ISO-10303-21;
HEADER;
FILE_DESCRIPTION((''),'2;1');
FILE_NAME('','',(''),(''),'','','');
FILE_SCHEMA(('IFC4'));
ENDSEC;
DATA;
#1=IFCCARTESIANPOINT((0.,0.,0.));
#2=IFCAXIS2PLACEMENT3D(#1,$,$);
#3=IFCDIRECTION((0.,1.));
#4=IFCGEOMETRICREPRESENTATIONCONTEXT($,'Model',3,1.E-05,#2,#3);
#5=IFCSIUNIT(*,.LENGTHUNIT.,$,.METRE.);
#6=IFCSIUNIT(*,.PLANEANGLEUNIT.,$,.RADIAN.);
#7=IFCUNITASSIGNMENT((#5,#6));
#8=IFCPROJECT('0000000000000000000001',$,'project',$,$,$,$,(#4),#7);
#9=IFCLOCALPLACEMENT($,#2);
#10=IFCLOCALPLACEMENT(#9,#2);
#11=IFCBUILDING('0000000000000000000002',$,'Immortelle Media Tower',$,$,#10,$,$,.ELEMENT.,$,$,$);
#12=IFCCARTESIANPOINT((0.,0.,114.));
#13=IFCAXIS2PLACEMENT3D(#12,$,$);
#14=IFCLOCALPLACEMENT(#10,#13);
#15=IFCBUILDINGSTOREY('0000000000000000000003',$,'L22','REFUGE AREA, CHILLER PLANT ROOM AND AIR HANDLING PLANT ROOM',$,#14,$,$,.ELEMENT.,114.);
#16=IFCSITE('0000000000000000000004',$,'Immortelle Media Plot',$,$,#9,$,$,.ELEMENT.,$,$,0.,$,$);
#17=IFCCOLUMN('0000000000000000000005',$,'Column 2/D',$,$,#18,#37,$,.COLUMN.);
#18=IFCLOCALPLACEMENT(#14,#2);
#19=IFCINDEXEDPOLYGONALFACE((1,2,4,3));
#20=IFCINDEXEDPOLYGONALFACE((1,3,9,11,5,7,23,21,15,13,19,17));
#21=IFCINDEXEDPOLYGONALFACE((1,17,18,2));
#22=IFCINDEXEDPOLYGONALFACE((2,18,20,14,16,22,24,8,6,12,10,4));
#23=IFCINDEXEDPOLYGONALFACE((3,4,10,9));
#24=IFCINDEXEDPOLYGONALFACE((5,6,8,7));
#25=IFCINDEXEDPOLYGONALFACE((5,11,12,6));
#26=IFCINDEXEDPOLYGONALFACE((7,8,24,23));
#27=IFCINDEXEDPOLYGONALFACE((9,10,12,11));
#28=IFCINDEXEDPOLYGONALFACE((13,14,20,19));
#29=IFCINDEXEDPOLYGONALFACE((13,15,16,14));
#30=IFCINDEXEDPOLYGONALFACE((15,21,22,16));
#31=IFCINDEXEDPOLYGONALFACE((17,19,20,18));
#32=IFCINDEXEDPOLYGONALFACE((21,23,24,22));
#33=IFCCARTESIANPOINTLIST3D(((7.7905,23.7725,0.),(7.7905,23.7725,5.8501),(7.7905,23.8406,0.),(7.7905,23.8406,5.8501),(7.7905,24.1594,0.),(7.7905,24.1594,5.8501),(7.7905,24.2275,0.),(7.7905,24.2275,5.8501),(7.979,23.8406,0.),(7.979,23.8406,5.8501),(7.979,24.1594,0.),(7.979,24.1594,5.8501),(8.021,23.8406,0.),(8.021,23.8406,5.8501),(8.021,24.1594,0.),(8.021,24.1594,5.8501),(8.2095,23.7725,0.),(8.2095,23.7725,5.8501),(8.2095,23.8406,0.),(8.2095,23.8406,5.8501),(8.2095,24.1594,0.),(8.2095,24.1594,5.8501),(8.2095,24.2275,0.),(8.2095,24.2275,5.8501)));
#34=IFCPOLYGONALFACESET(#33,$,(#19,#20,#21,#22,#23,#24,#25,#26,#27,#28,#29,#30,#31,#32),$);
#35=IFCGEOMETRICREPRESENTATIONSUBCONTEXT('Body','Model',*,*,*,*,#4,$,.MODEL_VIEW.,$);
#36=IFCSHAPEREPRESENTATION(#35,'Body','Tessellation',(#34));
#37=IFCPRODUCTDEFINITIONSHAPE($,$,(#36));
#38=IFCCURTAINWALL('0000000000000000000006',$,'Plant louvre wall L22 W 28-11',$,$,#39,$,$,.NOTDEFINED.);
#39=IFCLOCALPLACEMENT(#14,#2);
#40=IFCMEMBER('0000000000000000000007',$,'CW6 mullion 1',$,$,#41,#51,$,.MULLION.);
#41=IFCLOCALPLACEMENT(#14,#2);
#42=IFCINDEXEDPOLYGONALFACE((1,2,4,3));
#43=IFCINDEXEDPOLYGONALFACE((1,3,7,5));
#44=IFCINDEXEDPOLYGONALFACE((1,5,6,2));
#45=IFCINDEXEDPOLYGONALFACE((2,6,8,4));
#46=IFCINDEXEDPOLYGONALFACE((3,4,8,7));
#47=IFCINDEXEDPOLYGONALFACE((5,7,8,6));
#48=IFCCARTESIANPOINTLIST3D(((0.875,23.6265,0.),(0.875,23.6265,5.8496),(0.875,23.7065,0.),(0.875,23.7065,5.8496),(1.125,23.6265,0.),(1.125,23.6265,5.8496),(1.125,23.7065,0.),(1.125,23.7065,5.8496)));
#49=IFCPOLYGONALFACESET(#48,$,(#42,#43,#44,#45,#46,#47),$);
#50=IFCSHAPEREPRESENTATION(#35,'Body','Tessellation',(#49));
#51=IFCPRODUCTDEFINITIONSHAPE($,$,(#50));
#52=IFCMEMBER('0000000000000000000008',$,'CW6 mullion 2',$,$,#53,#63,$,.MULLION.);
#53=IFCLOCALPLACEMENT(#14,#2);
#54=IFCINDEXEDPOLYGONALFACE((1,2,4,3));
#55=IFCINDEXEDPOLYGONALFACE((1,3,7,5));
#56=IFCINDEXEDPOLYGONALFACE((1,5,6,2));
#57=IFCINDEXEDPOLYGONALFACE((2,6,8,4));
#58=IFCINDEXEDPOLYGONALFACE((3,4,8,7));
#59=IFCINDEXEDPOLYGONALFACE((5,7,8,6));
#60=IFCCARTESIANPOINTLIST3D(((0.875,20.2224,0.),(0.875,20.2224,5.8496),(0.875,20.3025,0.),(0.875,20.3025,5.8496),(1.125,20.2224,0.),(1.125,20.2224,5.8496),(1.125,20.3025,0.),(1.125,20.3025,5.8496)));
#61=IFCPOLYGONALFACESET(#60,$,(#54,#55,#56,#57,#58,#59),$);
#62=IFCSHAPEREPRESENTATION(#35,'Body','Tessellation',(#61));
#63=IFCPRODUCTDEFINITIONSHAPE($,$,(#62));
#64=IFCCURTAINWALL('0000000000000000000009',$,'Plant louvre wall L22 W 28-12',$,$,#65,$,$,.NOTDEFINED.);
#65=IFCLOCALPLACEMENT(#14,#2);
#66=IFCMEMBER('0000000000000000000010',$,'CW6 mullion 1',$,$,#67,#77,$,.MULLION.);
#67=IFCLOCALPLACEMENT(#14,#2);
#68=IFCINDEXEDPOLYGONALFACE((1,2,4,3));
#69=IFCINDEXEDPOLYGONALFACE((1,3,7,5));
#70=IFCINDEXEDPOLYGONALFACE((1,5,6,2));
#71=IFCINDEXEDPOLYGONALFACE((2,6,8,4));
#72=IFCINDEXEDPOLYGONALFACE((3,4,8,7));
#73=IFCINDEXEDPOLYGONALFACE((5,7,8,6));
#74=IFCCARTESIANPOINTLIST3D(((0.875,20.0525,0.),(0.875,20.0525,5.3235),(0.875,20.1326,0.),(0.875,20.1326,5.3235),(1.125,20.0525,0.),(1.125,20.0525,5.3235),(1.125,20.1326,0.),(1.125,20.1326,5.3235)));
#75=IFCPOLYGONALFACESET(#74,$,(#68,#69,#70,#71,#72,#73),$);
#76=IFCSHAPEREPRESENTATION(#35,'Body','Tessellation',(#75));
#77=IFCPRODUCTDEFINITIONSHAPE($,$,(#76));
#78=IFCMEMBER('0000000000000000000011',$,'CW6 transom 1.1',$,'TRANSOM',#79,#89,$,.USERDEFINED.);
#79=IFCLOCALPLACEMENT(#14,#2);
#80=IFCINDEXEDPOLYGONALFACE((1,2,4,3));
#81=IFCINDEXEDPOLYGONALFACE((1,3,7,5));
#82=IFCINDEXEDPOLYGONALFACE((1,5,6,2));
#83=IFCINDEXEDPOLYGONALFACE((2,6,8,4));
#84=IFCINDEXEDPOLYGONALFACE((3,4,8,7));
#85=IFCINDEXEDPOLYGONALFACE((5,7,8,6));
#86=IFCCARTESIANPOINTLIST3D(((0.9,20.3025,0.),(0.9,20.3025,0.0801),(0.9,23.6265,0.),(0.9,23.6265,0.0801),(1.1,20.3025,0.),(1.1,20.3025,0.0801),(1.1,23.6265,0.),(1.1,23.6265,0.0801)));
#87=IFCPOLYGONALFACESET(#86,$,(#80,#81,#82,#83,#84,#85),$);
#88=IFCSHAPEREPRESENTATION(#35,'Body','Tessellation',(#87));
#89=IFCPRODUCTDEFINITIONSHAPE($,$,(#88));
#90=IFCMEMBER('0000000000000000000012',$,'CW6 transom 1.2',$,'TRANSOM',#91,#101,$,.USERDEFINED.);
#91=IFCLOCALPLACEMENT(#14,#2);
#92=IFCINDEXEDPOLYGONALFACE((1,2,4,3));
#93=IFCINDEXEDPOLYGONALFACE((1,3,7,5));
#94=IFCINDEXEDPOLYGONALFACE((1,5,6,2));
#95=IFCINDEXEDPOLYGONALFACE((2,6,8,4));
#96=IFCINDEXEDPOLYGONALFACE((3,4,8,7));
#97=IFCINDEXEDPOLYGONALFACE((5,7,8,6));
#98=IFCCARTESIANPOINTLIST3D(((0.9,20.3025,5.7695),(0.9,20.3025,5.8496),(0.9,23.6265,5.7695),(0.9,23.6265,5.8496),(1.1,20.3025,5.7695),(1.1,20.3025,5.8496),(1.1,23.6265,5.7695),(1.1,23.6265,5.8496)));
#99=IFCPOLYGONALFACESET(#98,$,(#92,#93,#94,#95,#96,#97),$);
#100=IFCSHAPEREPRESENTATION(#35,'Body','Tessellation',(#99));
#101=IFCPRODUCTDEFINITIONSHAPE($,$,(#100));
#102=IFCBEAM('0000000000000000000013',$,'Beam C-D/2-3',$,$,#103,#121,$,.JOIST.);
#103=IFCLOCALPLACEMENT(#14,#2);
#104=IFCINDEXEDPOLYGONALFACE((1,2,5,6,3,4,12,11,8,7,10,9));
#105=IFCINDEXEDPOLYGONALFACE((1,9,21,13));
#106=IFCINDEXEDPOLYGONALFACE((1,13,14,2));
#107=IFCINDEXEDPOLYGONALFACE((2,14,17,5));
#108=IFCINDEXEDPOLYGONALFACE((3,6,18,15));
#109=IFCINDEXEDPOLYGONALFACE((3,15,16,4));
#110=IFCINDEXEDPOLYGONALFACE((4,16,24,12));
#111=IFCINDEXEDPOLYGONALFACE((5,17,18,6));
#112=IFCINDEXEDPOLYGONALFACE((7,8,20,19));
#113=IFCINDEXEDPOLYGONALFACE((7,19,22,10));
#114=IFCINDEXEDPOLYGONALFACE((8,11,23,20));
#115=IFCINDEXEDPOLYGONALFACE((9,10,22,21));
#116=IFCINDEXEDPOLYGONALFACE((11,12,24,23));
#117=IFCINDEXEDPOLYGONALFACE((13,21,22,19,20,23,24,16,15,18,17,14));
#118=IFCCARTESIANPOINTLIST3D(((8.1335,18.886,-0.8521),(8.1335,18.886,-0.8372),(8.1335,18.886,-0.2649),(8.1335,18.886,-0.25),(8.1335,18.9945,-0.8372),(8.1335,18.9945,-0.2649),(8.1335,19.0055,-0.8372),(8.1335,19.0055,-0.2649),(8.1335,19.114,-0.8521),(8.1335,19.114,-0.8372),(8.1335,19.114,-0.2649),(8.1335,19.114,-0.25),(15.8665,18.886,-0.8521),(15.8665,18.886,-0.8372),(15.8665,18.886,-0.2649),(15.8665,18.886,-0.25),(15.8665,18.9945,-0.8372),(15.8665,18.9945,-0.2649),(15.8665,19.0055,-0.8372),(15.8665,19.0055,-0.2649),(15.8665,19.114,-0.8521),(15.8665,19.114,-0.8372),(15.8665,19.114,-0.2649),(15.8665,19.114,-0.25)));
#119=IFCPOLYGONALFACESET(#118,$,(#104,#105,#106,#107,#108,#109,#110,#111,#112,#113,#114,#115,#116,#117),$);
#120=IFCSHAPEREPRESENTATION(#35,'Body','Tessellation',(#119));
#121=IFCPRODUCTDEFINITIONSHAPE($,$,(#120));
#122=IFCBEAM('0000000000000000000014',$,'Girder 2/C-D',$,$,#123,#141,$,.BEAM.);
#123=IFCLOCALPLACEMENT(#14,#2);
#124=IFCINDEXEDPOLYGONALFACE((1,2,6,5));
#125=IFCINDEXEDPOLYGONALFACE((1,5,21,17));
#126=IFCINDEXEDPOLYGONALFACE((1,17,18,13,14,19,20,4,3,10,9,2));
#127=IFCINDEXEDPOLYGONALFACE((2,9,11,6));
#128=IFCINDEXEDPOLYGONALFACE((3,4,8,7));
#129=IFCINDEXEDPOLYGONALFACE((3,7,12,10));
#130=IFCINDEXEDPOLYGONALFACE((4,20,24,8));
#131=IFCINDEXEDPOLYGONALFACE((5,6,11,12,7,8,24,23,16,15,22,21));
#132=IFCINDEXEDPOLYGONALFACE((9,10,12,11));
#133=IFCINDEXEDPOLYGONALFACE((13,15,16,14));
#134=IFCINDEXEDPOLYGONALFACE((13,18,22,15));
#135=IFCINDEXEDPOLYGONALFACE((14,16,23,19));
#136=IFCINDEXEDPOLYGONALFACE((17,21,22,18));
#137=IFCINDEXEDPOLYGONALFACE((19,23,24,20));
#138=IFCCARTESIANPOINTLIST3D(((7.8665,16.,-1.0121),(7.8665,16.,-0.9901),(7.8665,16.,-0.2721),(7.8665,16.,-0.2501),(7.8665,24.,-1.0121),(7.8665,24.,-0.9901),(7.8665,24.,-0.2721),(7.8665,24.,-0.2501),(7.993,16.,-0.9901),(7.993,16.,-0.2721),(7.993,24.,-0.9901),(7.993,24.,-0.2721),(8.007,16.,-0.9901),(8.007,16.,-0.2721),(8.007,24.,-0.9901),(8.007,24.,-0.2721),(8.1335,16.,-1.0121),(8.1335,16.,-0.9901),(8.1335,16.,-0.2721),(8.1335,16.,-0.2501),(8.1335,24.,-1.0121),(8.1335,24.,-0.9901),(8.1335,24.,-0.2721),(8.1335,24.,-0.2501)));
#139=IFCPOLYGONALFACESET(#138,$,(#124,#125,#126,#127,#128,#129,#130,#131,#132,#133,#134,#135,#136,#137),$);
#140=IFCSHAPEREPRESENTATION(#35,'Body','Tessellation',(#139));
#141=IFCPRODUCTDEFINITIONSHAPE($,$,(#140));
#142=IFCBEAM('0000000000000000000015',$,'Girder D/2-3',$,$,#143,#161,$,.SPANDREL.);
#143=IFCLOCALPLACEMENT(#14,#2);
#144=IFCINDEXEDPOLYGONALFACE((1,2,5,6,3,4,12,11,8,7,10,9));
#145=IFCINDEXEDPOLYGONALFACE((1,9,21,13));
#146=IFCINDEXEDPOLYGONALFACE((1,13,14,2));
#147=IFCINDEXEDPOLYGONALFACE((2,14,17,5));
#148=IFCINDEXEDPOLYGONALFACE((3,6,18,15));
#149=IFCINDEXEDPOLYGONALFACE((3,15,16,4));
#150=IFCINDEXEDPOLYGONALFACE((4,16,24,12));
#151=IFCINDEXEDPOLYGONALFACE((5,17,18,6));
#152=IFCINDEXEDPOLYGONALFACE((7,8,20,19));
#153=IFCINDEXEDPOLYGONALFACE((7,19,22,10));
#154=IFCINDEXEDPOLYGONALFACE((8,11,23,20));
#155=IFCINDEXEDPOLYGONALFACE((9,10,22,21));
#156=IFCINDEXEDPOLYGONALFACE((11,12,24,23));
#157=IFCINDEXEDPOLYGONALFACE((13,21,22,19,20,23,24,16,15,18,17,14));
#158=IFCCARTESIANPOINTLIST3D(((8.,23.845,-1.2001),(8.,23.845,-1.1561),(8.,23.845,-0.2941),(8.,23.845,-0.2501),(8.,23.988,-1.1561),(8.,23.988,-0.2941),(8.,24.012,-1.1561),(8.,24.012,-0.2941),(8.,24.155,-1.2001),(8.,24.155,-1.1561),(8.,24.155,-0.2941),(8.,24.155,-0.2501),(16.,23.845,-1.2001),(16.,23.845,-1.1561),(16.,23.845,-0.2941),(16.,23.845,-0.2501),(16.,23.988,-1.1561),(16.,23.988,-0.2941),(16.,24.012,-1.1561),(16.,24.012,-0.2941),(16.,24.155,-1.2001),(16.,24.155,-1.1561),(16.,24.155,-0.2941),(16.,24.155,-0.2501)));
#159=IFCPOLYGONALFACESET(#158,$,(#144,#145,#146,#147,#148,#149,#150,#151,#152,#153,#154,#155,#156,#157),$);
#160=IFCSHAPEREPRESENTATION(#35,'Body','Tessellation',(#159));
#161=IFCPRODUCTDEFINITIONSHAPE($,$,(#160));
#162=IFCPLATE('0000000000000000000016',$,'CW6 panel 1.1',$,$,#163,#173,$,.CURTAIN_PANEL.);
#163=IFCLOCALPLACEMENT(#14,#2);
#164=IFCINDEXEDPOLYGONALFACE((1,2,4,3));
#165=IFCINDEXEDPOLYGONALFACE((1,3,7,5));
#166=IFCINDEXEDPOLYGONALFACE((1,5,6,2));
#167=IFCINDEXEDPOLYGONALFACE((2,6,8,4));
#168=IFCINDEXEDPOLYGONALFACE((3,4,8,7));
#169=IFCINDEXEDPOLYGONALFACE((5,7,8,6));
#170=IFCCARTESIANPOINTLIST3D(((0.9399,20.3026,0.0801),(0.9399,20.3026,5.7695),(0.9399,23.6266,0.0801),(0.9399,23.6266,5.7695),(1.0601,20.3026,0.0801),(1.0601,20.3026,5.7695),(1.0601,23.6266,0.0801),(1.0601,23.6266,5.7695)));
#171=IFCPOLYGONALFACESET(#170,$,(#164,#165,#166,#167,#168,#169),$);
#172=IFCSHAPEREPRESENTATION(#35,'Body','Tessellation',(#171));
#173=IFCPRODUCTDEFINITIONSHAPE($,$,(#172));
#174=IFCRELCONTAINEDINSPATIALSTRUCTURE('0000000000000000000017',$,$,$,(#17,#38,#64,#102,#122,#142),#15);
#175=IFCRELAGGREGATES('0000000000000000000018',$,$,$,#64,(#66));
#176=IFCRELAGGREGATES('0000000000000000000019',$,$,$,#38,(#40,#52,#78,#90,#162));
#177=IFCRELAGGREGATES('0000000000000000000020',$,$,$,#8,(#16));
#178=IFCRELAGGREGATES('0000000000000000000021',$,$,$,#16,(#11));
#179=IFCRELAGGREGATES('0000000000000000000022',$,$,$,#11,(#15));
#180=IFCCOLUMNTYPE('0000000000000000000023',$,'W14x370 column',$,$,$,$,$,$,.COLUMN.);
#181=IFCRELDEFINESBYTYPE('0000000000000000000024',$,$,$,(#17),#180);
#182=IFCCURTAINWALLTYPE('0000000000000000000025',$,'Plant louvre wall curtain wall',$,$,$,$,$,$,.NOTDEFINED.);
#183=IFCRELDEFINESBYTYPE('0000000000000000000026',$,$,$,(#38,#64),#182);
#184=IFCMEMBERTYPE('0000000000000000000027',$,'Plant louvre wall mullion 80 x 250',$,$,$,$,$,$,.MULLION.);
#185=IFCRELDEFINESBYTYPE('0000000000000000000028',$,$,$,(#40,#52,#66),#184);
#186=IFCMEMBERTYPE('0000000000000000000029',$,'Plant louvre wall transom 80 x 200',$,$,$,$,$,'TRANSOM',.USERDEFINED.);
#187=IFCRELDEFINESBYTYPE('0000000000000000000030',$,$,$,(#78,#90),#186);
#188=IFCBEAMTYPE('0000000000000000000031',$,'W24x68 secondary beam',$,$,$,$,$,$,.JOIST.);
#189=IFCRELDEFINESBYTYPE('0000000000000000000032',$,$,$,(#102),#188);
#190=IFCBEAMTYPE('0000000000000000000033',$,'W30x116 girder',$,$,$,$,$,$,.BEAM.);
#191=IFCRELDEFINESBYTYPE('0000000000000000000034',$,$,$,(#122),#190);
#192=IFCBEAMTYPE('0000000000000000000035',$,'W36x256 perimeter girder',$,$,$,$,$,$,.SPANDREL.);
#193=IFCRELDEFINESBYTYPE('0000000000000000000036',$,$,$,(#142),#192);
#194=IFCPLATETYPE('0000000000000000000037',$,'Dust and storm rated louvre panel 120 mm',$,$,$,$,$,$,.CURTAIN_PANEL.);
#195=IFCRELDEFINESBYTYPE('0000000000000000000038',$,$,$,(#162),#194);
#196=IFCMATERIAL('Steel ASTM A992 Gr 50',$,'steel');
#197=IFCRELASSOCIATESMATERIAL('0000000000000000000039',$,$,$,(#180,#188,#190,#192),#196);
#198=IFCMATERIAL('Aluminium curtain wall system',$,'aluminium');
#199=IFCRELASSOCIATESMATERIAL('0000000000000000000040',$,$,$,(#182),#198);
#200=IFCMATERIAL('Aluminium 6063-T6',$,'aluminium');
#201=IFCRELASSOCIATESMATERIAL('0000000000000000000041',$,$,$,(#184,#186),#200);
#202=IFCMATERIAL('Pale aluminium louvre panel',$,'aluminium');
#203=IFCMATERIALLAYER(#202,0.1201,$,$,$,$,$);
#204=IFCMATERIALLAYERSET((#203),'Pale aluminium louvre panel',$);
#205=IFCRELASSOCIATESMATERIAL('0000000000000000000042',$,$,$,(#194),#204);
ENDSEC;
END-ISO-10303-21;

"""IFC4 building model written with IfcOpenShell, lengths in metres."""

from ifc_helpers import new_model, si_unit, direction, frame, origin, origin_2d, place, context, subcontext, project, spatial, rectangle, i_section, extrude, material, layer, layer_set, material_profile, profile_set, type_object, element, aggregate, save


model = new_model("IFC4")

# Units and contexts
model_context = context("Model", 3, precision=1e-05, world=origin(), true_north=direction((0.0, 1.0)))
body_context = subcontext(model_context, "Body", "Model", "MODEL_VIEW")
ifc_project = project(units=[si_unit("LENGTHUNIT", "METRE"), si_unit("PLANEANGLEUNIT", "RADIAN")], contexts=[model_context])

# Site, building, storey
site_placement = place(None, origin())
site = spatial("IfcSite", under=ifc_project, at=site_placement, Name="Immortelle Media Plot", CompositionType="ELEMENT", RefElevation=0.0)
building_placement = place(site_placement, origin())
building = spatial("IfcBuilding", under=site, at=building_placement, Name="Immortelle Media Tower", CompositionType="ELEMENT")
storey_placement = place(building_placement, frame((0.0, 0.0, 114.0)))
storey = spatial("IfcBuildingStorey", under=building, at=storey_placement, Name="L22", Description="REFUGE AREA, CHILLER PLANT ROOM AND AIR HANDLING PLANT ROOM", CompositionType="ELEMENT", Elevation=114.0)

# Column
ifc_material_1 = material(Name="Steel ASTM A992 Gr 50", Category="steel")
ifc_material_profile_1 = material_profile(ifc_material_1, i_section(OverallWidth=0.4189, OverallDepth=0.4551, WebThickness=0.042, FlangeThickness=0.0681, at=origin_2d()), Name="W14x370")
ifc_profile_set_1 = profile_set([ifc_material_profile_1], Name="Steel ASTM A992 Gr 50")
column_type = type_object("IfcColumnType", Name="W14x370 column", PredefinedType="COLUMN", material=ifc_profile_set_1)
column_placement = place(storey_placement, frame((8.0, 24.0, 0.0), z_axis=(0.0, 0.0, 1.0), x_axis=(1.0, 0.0, 0.0)))
element("IfcColumn", 1, at=column_placement, inside=storey, type_object=column_type, Name="Column 2/D", PredefinedType="COLUMN", context=body_context, shape_type="SweptSolid", body=[
    extrude(i_section(OverallWidth=0.4189, OverallDepth=0.4551, WebThickness=0.042, FlangeThickness=0.0681, at=origin_2d()), origin(), (0.0, 0.0, 1.0), 5.8501),
])

# Curtain wall, members
ifc_material_2 = material(Name="Aluminium curtain wall system", Category="aluminium")
curtain_wall_type = type_object("IfcCurtainWallType", Name="Plant louvre wall curtain wall", PredefinedType="NOTDEFINED", material=ifc_material_2)
curtain_wall_1_placement = place(storey_placement, origin())
curtain_wall_1 = element("IfcCurtainWall", 2, at=curtain_wall_1_placement, inside=storey, type_object=curtain_wall_type, Name="Plant louvre wall L22 W 28-11", PredefinedType="NOTDEFINED")
ifc_material_3 = material(Name="Aluminium 6063-T6", Category="aluminium")
ifc_material_profile_2 = material_profile(ifc_material_3, rectangle(XDim=0.25, YDim=0.0801, at=origin_2d()), Name="AL 80x250")
ifc_profile_set_2 = profile_set([ifc_material_profile_2], Name="Aluminium 6063-T6")
member_type_1 = type_object("IfcMemberType", Name="Plant louvre wall mullion 80 x 250", PredefinedType="MULLION", material=ifc_profile_set_2)
member_1_placement = place(storey_placement, frame((1.0, 23.6665, 0.0), z_axis=(0.0, 0.0, 1.0), x_axis=(1.0, 0.0, 0.0)))
member_1 = element("IfcMember", 3, at=member_1_placement, type_object=member_type_1, Name="CW6 mullion 1", PredefinedType="MULLION", context=body_context, shape_type="SweptSolid", body=[
    extrude(rectangle(XDim=0.25, YDim=0.0801, at=origin_2d()), origin(), (0.0, 0.0, 1.0), 5.8496),
])
member_2_placement = place(storey_placement, frame((1.0, 20.2625, 0.0), z_axis=(0.0, 0.0, 1.0), x_axis=(1.0, 0.0, 0.0)))
member_2 = element("IfcMember", 4, at=member_2_placement, type_object=member_type_1, Name="CW6 mullion 2", PredefinedType="MULLION", context=body_context, shape_type="SweptSolid", body=[
    extrude(rectangle(XDim=0.25, YDim=0.0801, at=origin_2d()), origin(), (0.0, 0.0, 1.0), 5.8496),
])

# Curtain wall, member
curtain_wall_2_placement = place(storey_placement, origin())
curtain_wall_2 = element("IfcCurtainWall", 5, at=curtain_wall_2_placement, inside=storey, type_object=curtain_wall_type, Name="Plant louvre wall L22 W 28-12", PredefinedType="NOTDEFINED")
member_3_placement = place(storey_placement, frame((1.0, 20.0925, 0.0), z_axis=(0.0, 0.0, 1.0), x_axis=(1.0, 0.0, 0.0)))
member_3 = element("IfcMember", 6, at=member_3_placement, type_object=member_type_1, Name="CW6 mullion 1", PredefinedType="MULLION", context=body_context, shape_type="SweptSolid", body=[
    extrude(rectangle(XDim=0.25, YDim=0.0801, at=origin_2d()), origin(), (0.0, 0.0, 1.0), 5.3235),
])
aggregate(curtain_wall_2, [member_3])

# Members
ifc_material_profile_3 = material_profile(ifc_material_3, rectangle(XDim=0.2, YDim=0.0801, at=origin_2d()), Name="AL 80x200")
ifc_profile_set_3 = profile_set([ifc_material_profile_3], Name="Aluminium 6063-T6")
member_type_2 = type_object("IfcMemberType", Name="Plant louvre wall transom 80 x 200", ElementType="TRANSOM", PredefinedType="USERDEFINED", material=ifc_profile_set_3)
member_4_placement = place(storey_placement, frame((1.0, 23.6265, 0.04), z_axis=(0.0, -1.0, 0.0), x_axis=(1.0, 0.0, 0.0)))
member_4 = element("IfcMember", 7, at=member_4_placement, type_object=member_type_2, Name="CW6 transom 1.1", ObjectType="TRANSOM", PredefinedType="USERDEFINED", context=body_context, shape_type="SweptSolid", body=[
    extrude(rectangle(XDim=0.2, YDim=0.0801, at=origin_2d()), origin(), (0.0, 0.0, 1.0), 3.324),
])
member_5_placement = place(storey_placement, frame((1.0, 23.6265, 5.8096), z_axis=(0.0, -1.0, 0.0), x_axis=(1.0, 0.0, 0.0)))
member_5 = element("IfcMember", 8, at=member_5_placement, type_object=member_type_2, Name="CW6 transom 1.2", ObjectType="TRANSOM", PredefinedType="USERDEFINED", context=body_context, shape_type="SweptSolid", body=[
    extrude(rectangle(XDim=0.2, YDim=0.0801, at=origin_2d()), origin(), (0.0, 0.0, 1.0), 3.324),
])

# Beams
ifc_material_profile_4 = material_profile(ifc_material_1, i_section(OverallWidth=0.228, OverallDepth=0.6021, WebThickness=0.011, FlangeThickness=0.0149, at=origin_2d()), Name="W24x68")
ifc_profile_set_4 = profile_set([ifc_material_profile_4], Name="Steel ASTM A992 Gr 50")
beam_type_1 = type_object("IfcBeamType", Name="W24x68 secondary beam", PredefinedType="JOIST", material=ifc_profile_set_4)
beam_1_placement = place(storey_placement, frame((8.1335, 19.0, -0.551), z_axis=(1.0, 0.0, 0.0), x_axis=(0.0, 1.0, 0.0)))
element("IfcBeam", 9, at=beam_1_placement, inside=storey, type_object=beam_type_1, Name="Beam C-D/2-3", PredefinedType="JOIST", context=body_context, shape_type="SweptSolid", body=[
    extrude(i_section(OverallWidth=0.228, OverallDepth=0.6021, WebThickness=0.011, FlangeThickness=0.0149, at=origin_2d()), origin(), (0.0, 0.0, 1.0), 7.7329),
])
ifc_material_profile_5 = material_profile(ifc_material_1, i_section(OverallWidth=0.2671, OverallDepth=0.762, WebThickness=0.0139, FlangeThickness=0.022, at=origin_2d()), Name="W30x116")
ifc_profile_set_5 = profile_set([ifc_material_profile_5], Name="Steel ASTM A992 Gr 50")
beam_type_2 = type_object("IfcBeamType", Name="W30x116 girder", PredefinedType="BEAM", material=ifc_profile_set_5)
beam_2_placement = place(storey_placement, frame((8.0, 16.0, -0.6311), z_axis=(0.0, 1.0, 0.0), x_axis=(-1.0, 0.0, 0.0)))
element("IfcBeam", 10, at=beam_2_placement, inside=storey, type_object=beam_type_2, Name="Girder 2/C-D", PredefinedType="BEAM", context=body_context, shape_type="SweptSolid", body=[
    extrude(i_section(OverallWidth=0.2671, OverallDepth=0.762, WebThickness=0.0139, FlangeThickness=0.022, at=origin_2d()), origin(), (0.0, 0.0, 1.0), 8.0),
])
ifc_material_profile_6 = material_profile(ifc_material_1, i_section(OverallWidth=0.3101, OverallDepth=0.95, WebThickness=0.0239, FlangeThickness=0.0439, at=origin_2d()), Name="W36x256")
ifc_profile_set_6 = profile_set([ifc_material_profile_6], Name="Steel ASTM A992 Gr 50")
beam_type_3 = type_object("IfcBeamType", Name="W36x256 perimeter girder", PredefinedType="SPANDREL", material=ifc_profile_set_6)
beam_3_placement = place(storey_placement, frame((8.0, 24.0, -0.7251), z_axis=(1.0, 0.0, 0.0), x_axis=(0.0, 1.0, 0.0)))
element("IfcBeam", 11, at=beam_3_placement, inside=storey, type_object=beam_type_3, Name="Girder D/2-3", PredefinedType="SPANDREL", context=body_context, shape_type="SweptSolid", body=[
    extrude(i_section(OverallWidth=0.3101, OverallDepth=0.95, WebThickness=0.0239, FlangeThickness=0.0439, at=origin_2d()), origin(), (0.0, 0.0, 1.0), 8.0),
])

# Plate
ifc_material_4 = material(Name="Pale aluminium louvre panel", Category="aluminium")
ifc_layer_1 = layer(ifc_material_4, 0.1201)
ifc_layer_set_1 = layer_set([ifc_layer_1], Name="Pale aluminium louvre panel")
plate_type = type_object("IfcPlateType", Name="Dust and storm rated louvre panel 120 mm", PredefinedType="CURTAIN_PANEL", material=ifc_layer_set_1)
plate_placement = place(storey_placement, frame((1.0, 21.9646, 0.0801), z_axis=(0.0, 0.0, 1.0), x_axis=(0.0, -1.0, 0.0)))
plate = element("IfcPlate", 12, at=plate_placement, type_object=plate_type, Name="CW6 panel 1.1", PredefinedType="CURTAIN_PANEL", context=body_context, shape_type="SweptSolid", body=[
    extrude(rectangle(XDim=3.324, YDim=0.1201, at=origin_2d()), origin(), (0.0, 0.0, 1.0), 5.6895),
])
aggregate(curtain_wall_1, [member_1, member_2, member_4, member_5, plate])

save(model, "model.ifc")
